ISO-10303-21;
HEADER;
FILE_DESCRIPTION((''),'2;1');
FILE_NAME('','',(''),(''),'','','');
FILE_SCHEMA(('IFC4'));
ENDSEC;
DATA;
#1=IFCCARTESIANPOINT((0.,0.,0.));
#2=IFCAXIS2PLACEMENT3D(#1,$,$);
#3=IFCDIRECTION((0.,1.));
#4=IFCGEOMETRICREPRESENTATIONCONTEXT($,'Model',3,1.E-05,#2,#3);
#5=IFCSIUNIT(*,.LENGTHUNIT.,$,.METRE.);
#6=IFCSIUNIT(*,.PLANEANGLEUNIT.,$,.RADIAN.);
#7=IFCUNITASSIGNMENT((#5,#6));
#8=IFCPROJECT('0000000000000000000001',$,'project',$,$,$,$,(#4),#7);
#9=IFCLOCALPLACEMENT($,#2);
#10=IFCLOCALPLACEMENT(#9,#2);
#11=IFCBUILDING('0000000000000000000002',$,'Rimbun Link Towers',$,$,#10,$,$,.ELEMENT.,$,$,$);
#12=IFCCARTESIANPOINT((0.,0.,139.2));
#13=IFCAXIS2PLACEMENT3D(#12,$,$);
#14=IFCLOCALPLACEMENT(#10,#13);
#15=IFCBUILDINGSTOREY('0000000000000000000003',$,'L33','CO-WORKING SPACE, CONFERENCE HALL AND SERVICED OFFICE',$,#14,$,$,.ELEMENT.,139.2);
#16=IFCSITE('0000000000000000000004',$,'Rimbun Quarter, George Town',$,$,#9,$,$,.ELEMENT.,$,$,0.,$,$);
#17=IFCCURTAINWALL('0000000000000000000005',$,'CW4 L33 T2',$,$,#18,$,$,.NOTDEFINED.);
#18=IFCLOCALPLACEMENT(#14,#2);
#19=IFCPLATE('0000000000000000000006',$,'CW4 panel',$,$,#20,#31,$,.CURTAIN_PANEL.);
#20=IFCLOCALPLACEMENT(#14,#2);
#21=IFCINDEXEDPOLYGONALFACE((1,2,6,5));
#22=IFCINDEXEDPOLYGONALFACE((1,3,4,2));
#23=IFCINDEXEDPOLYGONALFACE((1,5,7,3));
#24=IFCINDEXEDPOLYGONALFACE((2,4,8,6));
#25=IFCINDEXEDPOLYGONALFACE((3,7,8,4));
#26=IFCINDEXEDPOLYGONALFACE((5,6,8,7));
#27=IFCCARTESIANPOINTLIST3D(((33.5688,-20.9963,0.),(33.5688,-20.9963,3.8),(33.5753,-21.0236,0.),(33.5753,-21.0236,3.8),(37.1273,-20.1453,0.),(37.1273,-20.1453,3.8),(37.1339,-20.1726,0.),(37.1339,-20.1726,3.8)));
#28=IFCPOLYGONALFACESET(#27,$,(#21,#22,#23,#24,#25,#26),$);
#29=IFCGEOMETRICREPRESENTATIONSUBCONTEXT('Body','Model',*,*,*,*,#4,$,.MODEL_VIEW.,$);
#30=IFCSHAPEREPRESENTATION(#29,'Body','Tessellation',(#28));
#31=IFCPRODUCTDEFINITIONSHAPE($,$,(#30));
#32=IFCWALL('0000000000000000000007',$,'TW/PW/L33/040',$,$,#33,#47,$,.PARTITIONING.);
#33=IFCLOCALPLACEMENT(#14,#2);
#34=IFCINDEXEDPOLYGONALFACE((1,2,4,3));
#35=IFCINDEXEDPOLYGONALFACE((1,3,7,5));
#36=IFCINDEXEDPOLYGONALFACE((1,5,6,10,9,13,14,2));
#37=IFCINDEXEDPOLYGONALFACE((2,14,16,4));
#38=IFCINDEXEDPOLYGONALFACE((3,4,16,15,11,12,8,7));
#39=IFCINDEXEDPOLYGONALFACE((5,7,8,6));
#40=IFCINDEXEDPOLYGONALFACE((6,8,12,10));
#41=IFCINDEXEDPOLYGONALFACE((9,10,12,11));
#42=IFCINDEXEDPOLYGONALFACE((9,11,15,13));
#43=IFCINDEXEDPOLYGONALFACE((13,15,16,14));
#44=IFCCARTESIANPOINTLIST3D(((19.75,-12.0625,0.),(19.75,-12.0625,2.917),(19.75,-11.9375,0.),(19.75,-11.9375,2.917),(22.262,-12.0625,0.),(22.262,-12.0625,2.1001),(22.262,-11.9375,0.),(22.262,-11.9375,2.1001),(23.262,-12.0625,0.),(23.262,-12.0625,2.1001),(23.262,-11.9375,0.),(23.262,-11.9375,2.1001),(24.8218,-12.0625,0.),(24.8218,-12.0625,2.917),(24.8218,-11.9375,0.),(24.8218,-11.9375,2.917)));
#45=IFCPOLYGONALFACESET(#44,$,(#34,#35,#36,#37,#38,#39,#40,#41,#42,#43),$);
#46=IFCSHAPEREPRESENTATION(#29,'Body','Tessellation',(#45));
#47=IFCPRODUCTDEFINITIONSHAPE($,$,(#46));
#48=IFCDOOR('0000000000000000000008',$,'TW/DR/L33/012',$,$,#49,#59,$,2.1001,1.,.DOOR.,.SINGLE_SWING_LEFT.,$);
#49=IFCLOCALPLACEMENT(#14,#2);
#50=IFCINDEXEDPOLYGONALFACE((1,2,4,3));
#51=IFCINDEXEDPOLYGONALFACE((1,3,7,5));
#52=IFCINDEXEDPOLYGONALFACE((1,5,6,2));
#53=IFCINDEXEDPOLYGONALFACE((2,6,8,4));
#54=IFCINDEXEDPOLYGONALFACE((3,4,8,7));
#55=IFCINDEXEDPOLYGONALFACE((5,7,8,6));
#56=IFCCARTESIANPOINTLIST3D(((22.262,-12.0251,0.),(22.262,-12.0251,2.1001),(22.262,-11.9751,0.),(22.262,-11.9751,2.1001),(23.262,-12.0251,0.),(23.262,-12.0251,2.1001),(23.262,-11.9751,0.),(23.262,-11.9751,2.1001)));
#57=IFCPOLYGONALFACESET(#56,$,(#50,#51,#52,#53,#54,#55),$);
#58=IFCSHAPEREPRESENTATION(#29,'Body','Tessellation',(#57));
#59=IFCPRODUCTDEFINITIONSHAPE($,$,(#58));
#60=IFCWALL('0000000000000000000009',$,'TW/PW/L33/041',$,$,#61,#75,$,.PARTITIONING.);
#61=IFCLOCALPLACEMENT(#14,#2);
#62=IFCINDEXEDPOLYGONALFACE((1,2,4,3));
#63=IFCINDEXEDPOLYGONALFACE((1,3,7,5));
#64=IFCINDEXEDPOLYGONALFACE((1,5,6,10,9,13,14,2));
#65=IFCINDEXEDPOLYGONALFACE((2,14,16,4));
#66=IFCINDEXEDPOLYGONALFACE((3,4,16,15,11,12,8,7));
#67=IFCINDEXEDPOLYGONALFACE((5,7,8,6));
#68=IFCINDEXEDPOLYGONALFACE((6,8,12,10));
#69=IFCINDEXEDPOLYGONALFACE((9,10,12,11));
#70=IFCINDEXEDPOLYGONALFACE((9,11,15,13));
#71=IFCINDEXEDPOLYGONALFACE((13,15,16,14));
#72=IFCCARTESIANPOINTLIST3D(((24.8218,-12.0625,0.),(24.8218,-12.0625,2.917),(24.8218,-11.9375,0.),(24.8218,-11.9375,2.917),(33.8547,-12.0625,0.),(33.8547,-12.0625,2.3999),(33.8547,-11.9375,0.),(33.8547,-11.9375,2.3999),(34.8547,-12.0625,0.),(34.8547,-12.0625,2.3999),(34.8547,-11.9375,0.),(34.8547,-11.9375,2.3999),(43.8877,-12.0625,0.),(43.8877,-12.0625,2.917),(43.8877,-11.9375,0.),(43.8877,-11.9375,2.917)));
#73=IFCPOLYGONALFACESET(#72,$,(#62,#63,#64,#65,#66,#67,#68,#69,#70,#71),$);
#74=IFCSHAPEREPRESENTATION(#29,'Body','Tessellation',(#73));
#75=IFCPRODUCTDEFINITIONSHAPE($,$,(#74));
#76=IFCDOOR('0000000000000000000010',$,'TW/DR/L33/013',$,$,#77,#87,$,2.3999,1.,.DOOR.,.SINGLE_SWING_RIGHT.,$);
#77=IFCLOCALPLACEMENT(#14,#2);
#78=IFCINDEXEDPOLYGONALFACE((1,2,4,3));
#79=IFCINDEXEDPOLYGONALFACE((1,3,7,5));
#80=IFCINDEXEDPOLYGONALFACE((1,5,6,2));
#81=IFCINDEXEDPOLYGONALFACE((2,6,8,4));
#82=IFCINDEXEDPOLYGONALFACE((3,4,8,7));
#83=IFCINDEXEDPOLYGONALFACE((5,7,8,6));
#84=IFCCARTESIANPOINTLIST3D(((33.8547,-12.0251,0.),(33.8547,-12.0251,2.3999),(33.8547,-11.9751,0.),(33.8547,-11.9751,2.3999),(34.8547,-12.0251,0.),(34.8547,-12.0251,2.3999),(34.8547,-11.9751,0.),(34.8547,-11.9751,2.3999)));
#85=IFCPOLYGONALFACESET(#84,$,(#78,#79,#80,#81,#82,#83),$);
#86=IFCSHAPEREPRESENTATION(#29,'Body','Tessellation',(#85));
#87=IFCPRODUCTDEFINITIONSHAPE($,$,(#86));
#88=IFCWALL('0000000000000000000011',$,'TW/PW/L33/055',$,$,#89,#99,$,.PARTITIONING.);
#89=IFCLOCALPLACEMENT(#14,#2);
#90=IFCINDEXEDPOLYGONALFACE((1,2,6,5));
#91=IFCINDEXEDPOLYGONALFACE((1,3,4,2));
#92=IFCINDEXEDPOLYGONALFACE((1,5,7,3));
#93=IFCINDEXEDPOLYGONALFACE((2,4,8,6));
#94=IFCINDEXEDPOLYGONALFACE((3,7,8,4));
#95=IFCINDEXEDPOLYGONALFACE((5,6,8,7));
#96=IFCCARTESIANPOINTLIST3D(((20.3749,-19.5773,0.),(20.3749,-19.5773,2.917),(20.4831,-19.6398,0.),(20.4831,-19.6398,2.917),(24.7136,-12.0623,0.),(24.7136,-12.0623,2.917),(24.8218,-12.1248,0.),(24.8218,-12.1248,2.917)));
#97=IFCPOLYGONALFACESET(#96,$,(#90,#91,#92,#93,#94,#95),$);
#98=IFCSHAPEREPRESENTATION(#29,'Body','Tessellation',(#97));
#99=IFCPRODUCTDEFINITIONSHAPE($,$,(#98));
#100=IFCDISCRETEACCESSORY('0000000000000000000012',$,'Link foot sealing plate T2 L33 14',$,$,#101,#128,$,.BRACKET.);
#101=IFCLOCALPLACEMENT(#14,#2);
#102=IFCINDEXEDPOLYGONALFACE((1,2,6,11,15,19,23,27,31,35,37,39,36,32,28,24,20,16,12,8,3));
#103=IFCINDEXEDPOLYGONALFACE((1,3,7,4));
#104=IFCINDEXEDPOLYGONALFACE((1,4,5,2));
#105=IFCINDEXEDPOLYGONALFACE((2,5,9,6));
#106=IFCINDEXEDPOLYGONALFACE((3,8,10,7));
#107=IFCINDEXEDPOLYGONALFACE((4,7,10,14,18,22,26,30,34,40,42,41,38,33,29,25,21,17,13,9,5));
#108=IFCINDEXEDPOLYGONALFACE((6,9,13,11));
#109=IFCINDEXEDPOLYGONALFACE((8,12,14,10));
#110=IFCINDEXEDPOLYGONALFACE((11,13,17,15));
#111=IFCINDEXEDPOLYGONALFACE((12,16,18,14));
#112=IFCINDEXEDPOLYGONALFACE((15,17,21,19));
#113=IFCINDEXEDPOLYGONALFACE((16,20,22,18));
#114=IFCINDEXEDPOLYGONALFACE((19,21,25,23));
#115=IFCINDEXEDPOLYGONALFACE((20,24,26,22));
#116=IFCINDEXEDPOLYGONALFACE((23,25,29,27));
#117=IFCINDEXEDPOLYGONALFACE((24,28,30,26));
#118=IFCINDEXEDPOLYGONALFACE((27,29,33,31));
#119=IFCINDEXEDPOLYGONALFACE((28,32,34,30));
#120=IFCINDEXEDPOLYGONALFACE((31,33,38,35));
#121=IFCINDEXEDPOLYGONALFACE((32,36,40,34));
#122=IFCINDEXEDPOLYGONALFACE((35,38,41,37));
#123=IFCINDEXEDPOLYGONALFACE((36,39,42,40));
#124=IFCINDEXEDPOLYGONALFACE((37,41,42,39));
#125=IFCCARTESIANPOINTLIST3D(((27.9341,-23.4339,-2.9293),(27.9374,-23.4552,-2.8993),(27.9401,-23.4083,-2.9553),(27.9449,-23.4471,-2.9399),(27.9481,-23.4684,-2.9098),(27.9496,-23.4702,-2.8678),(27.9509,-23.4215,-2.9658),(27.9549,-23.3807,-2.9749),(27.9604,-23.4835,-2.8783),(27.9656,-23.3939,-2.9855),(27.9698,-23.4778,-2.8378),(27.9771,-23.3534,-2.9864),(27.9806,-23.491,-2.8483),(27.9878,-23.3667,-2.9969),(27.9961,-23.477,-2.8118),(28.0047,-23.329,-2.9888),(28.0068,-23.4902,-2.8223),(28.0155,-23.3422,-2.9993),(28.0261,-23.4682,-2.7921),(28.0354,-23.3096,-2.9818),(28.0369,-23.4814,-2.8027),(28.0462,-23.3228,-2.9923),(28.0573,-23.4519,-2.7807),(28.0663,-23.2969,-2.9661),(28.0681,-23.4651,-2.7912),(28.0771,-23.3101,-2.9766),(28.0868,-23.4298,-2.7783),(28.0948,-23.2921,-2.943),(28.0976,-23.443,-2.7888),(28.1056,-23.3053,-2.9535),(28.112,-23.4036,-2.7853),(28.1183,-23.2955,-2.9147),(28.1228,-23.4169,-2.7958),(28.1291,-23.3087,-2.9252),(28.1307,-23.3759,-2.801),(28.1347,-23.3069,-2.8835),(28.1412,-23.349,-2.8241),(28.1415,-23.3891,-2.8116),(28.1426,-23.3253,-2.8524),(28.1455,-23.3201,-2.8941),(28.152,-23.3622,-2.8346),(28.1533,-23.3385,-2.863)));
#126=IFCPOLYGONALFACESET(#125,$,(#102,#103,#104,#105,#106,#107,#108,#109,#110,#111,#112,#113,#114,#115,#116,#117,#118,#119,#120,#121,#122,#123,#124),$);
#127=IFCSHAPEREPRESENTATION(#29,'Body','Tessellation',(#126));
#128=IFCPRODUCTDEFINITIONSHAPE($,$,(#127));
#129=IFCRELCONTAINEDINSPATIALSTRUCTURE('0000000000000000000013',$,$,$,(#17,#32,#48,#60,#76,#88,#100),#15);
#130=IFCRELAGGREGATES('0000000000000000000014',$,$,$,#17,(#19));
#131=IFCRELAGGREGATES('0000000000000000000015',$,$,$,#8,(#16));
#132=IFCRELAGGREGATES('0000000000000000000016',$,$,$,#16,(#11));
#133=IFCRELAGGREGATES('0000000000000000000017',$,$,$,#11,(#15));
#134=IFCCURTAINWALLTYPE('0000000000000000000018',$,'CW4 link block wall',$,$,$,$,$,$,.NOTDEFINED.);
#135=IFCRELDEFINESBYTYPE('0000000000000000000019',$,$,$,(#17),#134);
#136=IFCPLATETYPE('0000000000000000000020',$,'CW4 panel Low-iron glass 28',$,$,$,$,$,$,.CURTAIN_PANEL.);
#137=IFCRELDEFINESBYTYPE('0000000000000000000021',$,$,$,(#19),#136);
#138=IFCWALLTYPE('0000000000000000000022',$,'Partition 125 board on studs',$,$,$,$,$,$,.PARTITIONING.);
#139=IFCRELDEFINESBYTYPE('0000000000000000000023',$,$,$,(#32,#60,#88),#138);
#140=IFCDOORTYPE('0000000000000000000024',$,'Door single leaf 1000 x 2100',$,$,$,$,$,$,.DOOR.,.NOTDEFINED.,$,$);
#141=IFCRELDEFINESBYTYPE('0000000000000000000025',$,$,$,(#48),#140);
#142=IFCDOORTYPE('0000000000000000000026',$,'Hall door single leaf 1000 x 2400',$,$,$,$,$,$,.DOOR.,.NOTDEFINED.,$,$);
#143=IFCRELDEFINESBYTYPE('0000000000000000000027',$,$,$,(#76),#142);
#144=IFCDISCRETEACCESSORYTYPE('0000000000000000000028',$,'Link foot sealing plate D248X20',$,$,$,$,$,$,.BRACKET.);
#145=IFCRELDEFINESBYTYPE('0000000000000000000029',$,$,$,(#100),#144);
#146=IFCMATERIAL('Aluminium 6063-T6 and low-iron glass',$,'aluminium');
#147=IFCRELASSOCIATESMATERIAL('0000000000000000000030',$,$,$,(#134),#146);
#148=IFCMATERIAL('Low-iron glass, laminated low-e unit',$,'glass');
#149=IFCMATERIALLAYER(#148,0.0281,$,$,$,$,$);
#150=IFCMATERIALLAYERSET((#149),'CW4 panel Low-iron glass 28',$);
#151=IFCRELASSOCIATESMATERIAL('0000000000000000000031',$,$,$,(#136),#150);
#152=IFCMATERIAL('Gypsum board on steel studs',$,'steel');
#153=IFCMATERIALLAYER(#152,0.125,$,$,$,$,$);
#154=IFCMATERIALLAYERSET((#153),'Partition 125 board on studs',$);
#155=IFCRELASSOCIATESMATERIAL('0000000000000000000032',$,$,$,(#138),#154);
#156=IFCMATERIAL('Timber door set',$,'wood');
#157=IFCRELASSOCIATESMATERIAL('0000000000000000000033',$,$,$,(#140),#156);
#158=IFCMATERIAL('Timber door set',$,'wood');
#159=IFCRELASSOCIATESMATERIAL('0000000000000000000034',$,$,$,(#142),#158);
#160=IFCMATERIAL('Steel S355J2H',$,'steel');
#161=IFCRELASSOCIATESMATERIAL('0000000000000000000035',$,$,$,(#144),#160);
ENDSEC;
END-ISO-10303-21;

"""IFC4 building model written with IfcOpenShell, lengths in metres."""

from ifc_helpers import new_model, si_unit, direction, frame, frame_2d, origin, origin_2d, place, context, subcontext, project, spatial, rectangle, circle, extrude, material, layer, layer_set, material_profile, profile_set, type_object, element, fill, aggregate, save


model = new_model("IFC4")

# Units and contexts
model_context = context("Model", 3, precision=1e-05, world=origin(), true_north=direction((0.0, 1.0)))
body_context = subcontext(model_context, "Body", "Model", "MODEL_VIEW")
ifc_project = project(units=[si_unit("LENGTHUNIT", "METRE"), si_unit("PLANEANGLEUNIT", "RADIAN")], contexts=[model_context])

# Site, building, storey
site_placement = place(None, origin())
site = spatial("IfcSite", under=ifc_project, at=site_placement, Name="Rimbun Quarter, George Town", CompositionType="ELEMENT", RefElevation=0.0)
building_placement = place(site_placement, origin())
building = spatial("IfcBuilding", under=site, at=building_placement, Name="Rimbun Link Towers", CompositionType="ELEMENT")
storey_placement = place(building_placement, frame((0.0, 0.0, 139.2)))
storey = spatial("IfcBuildingStorey", under=building, at=storey_placement, Name="L33", Description="CO-WORKING SPACE, CONFERENCE HALL AND SERVICED OFFICE", CompositionType="ELEMENT", Elevation=139.2)

# Curtain wall
ifc_material_1 = material(Name="Aluminium 6063-T6 and low-iron glass", Category="aluminium")
curtain_wall_type = type_object("IfcCurtainWallType", Name="CW4 link block wall", PredefinedType="NOTDEFINED", material=ifc_material_1)
curtain_wall_placement = place(storey_placement, origin())
curtain_wall = element("IfcCurtainWall", 1, at=curtain_wall_placement, inside=storey, type_object=curtain_wall_type, Name="CW4 L33 T2", PredefinedType="NOTDEFINED")

# Plate
ifc_material_2 = material(Name="Low-iron glass, laminated low-e unit", Category="glass")
ifc_layer_1 = layer(ifc_material_2, 0.0281)
ifc_layer_set_1 = layer_set([ifc_layer_1], Name="CW4 panel Low-iron glass 28")
plate_type = type_object("IfcPlateType", Name="CW4 panel Low-iron glass 28", PredefinedType="CURTAIN_PANEL", material=ifc_layer_set_1)
plate_1_placement = place(storey_placement, frame((35.3513, -20.5845, 0.0), z_axis=(0.0, 0.0, 1.0), x_axis=(-0.972575, -0.232588, 0.0)))
plate_1 = element("IfcPlate", 2, at=plate_1_placement, type_object=plate_type, Name="CW4 panel", PredefinedType="CURTAIN_PANEL", context=body_context, shape_type="SweptSolid", body=[
    extrude(rectangle(XDim=3.6589, YDim=0.0281, at=origin_2d()), origin(), (0.0, 0.0, 1.0), 3.8),
])
aggregate(curtain_wall, [plate_1])

# Walls, openings, doors
ifc_material_3 = material(Name="Gypsum board on steel studs", Category="steel")
ifc_layer_2 = layer(ifc_material_3, 0.125)
ifc_layer_set_2 = layer_set([ifc_layer_2], Name="Partition 125 board on studs")
wall_type = type_object("IfcWallType", Name="Partition 125 board on studs", PredefinedType="PARTITIONING", material=ifc_layer_set_2)
wall_1_placement = place(storey_placement, frame((19.75, -12.0, 0.0), z_axis=(0.0, 0.0, 1.0), x_axis=(1.0, 0.0, 0.0)))
wall_1 = element("IfcWall", 3, at=wall_1_placement, inside=storey, type_object=wall_type, Name="TW/PW/L33/040", PredefinedType="PARTITIONING", context=body_context, shape_type="SweptSolid", body=[
    extrude(rectangle(XDim=5.0718, YDim=0.125, at=frame_2d((2.5359, 0.0))), origin(), (0.0, 0.0, 1.0), 2.917),
])
opening_1_placement = place(wall_1_placement, frame((2.512, 0.0, 0.0)))
opening_1 = element("IfcOpeningElement", 4, at=opening_1_placement, cuts=wall_1, PredefinedType="OPENING", context=body_context, shape_type="SweptSolid", body=[
    extrude(rectangle(XDim=1.0, YDim=2.1001, at=frame_2d((0.5, 1.05))), frame((0.0, 0.0725, 0.0), z_axis=(0.0, -1.0, 0.0), x_axis=(1.0, 0.0, 0.0)), (0.0, 0.0, 1.0), 0.145),
])
ifc_material_4 = material(Name="Timber door set", Category="wood")
door_type_1 = type_object("IfcDoorType", Name="Door single leaf 1000 x 2100", OperationType="NOTDEFINED", PredefinedType="DOOR", material=ifc_material_4)
door_1_placement = place(opening_1_placement, origin())
door_1 = element("IfcDoor", 5, at=door_1_placement, inside=storey, type_object=door_type_1, Name="TW/DR/L33/012", OperationType="SINGLE_SWING_LEFT", OverallHeight=2.1001, OverallWidth=1.0, PredefinedType="DOOR", context=body_context, shape_type="SweptSolid", body=[
    extrude(rectangle(XDim=1.0, YDim=2.1001, at=frame_2d((0.5, 1.05))), frame((0.0, 0.0249, 0.0), z_axis=(0.0, -1.0, 0.0), x_axis=(1.0, 0.0, 0.0)), (0.0, 0.0, 1.0), 0.05),
])
fill(opening_1, door_1)
wall_2_placement = place(storey_placement, frame((24.8218, -12.0, 0.0), z_axis=(0.0, 0.0, 1.0), x_axis=(1.0, 0.0, 0.0)))
wall_2 = element("IfcWall", 6, at=wall_2_placement, inside=storey, type_object=wall_type, Name="TW/PW/L33/041", PredefinedType="PARTITIONING", context=body_context, shape_type="SweptSolid", body=[
    extrude(rectangle(XDim=19.0659, YDim=0.125, at=frame_2d((9.533, 0.0))), origin(), (0.0, 0.0, 1.0), 2.917),
])
opening_2_placement = place(wall_2_placement, frame((9.033, 0.0, 0.0)))
opening_2 = element("IfcOpeningElement", 7, at=opening_2_placement, cuts=wall_2, PredefinedType="OPENING", context=body_context, shape_type="SweptSolid", body=[
    extrude(rectangle(XDim=1.0, YDim=2.3999, at=frame_2d((0.5, 1.2))), frame((0.0, 0.0725, 0.0), z_axis=(0.0, -1.0, 0.0), x_axis=(1.0, 0.0, 0.0)), (0.0, 0.0, 1.0), 0.145),
])
ifc_material_5 = material(Name="Timber door set", Category="wood")
door_type_2 = type_object("IfcDoorType", Name="Hall door single leaf 1000 x 2400", OperationType="NOTDEFINED", PredefinedType="DOOR", material=ifc_material_5)
door_2_placement = place(opening_2_placement, origin())
door_2 = element("IfcDoor", 8, at=door_2_placement, inside=storey, type_object=door_type_2, Name="TW/DR/L33/013", OperationType="SINGLE_SWING_RIGHT", OverallHeight=2.3999, OverallWidth=1.0, PredefinedType="DOOR", context=body_context, shape_type="SweptSolid", body=[
    extrude(rectangle(XDim=1.0, YDim=2.3999, at=frame_2d((0.5, 1.2))), frame((0.0, 0.0249, 0.0), z_axis=(0.0, -1.0, 0.0), x_axis=(1.0, 0.0, 0.0)), (0.0, 0.0, 1.0), 0.05),
])
fill(opening_2, door_2)

# Wall
wall_3_placement = place(storey_placement, frame((20.429, -19.6086, 0.0), z_axis=(0.0, 0.0, 1.0), x_axis=(0.499991, 0.866031, 0.0)))
element("IfcWall", 9, at=wall_3_placement, inside=storey, type_object=wall_type, Name="TW/PW/L33/055", PredefinedType="PARTITIONING", context=body_context, shape_type="SweptSolid", body=[
    extrude(rectangle(XDim=8.6775, YDim=0.125, at=frame_2d((4.3389, 0.0))), origin(), (0.0, 0.0, 1.0), 2.917),
])

# Discrete accessory
ifc_material_6 = material(Name="Steel S355J2H", Category="steel")
ifc_material_profile_1 = material_profile(ifc_material_6, circle(Radius=0.124, at=origin_2d()), Name="PL D248")
ifc_profile_set_1 = profile_set([ifc_material_profile_1], Name="Steel S355J2H")
discrete_accessory_type = type_object("IfcDiscreteAccessoryType", Name="Link foot sealing plate D248X20", PredefinedType="BRACKET", material=ifc_profile_set_1)
discrete_accessory_placement = place(storey_placement, frame((28.0386, -23.3853, -2.8835), z_axis=(0.537505, -0.659666, -0.525289), x_axis=(0.775235, 0.631673, 0.0)))
element("IfcDiscreteAccessory", 10, at=discrete_accessory_placement, inside=storey, type_object=discrete_accessory_type, Name="Link foot sealing plate T2 L33 14", PredefinedType="BRACKET", context=body_context, shape_type="SweptSolid", body=[
    extrude(circle(Radius=0.124, at=origin_2d()), origin(), (0.0, 0.0, 1.0), 0.02),
])

save(model, "model.ifc")
